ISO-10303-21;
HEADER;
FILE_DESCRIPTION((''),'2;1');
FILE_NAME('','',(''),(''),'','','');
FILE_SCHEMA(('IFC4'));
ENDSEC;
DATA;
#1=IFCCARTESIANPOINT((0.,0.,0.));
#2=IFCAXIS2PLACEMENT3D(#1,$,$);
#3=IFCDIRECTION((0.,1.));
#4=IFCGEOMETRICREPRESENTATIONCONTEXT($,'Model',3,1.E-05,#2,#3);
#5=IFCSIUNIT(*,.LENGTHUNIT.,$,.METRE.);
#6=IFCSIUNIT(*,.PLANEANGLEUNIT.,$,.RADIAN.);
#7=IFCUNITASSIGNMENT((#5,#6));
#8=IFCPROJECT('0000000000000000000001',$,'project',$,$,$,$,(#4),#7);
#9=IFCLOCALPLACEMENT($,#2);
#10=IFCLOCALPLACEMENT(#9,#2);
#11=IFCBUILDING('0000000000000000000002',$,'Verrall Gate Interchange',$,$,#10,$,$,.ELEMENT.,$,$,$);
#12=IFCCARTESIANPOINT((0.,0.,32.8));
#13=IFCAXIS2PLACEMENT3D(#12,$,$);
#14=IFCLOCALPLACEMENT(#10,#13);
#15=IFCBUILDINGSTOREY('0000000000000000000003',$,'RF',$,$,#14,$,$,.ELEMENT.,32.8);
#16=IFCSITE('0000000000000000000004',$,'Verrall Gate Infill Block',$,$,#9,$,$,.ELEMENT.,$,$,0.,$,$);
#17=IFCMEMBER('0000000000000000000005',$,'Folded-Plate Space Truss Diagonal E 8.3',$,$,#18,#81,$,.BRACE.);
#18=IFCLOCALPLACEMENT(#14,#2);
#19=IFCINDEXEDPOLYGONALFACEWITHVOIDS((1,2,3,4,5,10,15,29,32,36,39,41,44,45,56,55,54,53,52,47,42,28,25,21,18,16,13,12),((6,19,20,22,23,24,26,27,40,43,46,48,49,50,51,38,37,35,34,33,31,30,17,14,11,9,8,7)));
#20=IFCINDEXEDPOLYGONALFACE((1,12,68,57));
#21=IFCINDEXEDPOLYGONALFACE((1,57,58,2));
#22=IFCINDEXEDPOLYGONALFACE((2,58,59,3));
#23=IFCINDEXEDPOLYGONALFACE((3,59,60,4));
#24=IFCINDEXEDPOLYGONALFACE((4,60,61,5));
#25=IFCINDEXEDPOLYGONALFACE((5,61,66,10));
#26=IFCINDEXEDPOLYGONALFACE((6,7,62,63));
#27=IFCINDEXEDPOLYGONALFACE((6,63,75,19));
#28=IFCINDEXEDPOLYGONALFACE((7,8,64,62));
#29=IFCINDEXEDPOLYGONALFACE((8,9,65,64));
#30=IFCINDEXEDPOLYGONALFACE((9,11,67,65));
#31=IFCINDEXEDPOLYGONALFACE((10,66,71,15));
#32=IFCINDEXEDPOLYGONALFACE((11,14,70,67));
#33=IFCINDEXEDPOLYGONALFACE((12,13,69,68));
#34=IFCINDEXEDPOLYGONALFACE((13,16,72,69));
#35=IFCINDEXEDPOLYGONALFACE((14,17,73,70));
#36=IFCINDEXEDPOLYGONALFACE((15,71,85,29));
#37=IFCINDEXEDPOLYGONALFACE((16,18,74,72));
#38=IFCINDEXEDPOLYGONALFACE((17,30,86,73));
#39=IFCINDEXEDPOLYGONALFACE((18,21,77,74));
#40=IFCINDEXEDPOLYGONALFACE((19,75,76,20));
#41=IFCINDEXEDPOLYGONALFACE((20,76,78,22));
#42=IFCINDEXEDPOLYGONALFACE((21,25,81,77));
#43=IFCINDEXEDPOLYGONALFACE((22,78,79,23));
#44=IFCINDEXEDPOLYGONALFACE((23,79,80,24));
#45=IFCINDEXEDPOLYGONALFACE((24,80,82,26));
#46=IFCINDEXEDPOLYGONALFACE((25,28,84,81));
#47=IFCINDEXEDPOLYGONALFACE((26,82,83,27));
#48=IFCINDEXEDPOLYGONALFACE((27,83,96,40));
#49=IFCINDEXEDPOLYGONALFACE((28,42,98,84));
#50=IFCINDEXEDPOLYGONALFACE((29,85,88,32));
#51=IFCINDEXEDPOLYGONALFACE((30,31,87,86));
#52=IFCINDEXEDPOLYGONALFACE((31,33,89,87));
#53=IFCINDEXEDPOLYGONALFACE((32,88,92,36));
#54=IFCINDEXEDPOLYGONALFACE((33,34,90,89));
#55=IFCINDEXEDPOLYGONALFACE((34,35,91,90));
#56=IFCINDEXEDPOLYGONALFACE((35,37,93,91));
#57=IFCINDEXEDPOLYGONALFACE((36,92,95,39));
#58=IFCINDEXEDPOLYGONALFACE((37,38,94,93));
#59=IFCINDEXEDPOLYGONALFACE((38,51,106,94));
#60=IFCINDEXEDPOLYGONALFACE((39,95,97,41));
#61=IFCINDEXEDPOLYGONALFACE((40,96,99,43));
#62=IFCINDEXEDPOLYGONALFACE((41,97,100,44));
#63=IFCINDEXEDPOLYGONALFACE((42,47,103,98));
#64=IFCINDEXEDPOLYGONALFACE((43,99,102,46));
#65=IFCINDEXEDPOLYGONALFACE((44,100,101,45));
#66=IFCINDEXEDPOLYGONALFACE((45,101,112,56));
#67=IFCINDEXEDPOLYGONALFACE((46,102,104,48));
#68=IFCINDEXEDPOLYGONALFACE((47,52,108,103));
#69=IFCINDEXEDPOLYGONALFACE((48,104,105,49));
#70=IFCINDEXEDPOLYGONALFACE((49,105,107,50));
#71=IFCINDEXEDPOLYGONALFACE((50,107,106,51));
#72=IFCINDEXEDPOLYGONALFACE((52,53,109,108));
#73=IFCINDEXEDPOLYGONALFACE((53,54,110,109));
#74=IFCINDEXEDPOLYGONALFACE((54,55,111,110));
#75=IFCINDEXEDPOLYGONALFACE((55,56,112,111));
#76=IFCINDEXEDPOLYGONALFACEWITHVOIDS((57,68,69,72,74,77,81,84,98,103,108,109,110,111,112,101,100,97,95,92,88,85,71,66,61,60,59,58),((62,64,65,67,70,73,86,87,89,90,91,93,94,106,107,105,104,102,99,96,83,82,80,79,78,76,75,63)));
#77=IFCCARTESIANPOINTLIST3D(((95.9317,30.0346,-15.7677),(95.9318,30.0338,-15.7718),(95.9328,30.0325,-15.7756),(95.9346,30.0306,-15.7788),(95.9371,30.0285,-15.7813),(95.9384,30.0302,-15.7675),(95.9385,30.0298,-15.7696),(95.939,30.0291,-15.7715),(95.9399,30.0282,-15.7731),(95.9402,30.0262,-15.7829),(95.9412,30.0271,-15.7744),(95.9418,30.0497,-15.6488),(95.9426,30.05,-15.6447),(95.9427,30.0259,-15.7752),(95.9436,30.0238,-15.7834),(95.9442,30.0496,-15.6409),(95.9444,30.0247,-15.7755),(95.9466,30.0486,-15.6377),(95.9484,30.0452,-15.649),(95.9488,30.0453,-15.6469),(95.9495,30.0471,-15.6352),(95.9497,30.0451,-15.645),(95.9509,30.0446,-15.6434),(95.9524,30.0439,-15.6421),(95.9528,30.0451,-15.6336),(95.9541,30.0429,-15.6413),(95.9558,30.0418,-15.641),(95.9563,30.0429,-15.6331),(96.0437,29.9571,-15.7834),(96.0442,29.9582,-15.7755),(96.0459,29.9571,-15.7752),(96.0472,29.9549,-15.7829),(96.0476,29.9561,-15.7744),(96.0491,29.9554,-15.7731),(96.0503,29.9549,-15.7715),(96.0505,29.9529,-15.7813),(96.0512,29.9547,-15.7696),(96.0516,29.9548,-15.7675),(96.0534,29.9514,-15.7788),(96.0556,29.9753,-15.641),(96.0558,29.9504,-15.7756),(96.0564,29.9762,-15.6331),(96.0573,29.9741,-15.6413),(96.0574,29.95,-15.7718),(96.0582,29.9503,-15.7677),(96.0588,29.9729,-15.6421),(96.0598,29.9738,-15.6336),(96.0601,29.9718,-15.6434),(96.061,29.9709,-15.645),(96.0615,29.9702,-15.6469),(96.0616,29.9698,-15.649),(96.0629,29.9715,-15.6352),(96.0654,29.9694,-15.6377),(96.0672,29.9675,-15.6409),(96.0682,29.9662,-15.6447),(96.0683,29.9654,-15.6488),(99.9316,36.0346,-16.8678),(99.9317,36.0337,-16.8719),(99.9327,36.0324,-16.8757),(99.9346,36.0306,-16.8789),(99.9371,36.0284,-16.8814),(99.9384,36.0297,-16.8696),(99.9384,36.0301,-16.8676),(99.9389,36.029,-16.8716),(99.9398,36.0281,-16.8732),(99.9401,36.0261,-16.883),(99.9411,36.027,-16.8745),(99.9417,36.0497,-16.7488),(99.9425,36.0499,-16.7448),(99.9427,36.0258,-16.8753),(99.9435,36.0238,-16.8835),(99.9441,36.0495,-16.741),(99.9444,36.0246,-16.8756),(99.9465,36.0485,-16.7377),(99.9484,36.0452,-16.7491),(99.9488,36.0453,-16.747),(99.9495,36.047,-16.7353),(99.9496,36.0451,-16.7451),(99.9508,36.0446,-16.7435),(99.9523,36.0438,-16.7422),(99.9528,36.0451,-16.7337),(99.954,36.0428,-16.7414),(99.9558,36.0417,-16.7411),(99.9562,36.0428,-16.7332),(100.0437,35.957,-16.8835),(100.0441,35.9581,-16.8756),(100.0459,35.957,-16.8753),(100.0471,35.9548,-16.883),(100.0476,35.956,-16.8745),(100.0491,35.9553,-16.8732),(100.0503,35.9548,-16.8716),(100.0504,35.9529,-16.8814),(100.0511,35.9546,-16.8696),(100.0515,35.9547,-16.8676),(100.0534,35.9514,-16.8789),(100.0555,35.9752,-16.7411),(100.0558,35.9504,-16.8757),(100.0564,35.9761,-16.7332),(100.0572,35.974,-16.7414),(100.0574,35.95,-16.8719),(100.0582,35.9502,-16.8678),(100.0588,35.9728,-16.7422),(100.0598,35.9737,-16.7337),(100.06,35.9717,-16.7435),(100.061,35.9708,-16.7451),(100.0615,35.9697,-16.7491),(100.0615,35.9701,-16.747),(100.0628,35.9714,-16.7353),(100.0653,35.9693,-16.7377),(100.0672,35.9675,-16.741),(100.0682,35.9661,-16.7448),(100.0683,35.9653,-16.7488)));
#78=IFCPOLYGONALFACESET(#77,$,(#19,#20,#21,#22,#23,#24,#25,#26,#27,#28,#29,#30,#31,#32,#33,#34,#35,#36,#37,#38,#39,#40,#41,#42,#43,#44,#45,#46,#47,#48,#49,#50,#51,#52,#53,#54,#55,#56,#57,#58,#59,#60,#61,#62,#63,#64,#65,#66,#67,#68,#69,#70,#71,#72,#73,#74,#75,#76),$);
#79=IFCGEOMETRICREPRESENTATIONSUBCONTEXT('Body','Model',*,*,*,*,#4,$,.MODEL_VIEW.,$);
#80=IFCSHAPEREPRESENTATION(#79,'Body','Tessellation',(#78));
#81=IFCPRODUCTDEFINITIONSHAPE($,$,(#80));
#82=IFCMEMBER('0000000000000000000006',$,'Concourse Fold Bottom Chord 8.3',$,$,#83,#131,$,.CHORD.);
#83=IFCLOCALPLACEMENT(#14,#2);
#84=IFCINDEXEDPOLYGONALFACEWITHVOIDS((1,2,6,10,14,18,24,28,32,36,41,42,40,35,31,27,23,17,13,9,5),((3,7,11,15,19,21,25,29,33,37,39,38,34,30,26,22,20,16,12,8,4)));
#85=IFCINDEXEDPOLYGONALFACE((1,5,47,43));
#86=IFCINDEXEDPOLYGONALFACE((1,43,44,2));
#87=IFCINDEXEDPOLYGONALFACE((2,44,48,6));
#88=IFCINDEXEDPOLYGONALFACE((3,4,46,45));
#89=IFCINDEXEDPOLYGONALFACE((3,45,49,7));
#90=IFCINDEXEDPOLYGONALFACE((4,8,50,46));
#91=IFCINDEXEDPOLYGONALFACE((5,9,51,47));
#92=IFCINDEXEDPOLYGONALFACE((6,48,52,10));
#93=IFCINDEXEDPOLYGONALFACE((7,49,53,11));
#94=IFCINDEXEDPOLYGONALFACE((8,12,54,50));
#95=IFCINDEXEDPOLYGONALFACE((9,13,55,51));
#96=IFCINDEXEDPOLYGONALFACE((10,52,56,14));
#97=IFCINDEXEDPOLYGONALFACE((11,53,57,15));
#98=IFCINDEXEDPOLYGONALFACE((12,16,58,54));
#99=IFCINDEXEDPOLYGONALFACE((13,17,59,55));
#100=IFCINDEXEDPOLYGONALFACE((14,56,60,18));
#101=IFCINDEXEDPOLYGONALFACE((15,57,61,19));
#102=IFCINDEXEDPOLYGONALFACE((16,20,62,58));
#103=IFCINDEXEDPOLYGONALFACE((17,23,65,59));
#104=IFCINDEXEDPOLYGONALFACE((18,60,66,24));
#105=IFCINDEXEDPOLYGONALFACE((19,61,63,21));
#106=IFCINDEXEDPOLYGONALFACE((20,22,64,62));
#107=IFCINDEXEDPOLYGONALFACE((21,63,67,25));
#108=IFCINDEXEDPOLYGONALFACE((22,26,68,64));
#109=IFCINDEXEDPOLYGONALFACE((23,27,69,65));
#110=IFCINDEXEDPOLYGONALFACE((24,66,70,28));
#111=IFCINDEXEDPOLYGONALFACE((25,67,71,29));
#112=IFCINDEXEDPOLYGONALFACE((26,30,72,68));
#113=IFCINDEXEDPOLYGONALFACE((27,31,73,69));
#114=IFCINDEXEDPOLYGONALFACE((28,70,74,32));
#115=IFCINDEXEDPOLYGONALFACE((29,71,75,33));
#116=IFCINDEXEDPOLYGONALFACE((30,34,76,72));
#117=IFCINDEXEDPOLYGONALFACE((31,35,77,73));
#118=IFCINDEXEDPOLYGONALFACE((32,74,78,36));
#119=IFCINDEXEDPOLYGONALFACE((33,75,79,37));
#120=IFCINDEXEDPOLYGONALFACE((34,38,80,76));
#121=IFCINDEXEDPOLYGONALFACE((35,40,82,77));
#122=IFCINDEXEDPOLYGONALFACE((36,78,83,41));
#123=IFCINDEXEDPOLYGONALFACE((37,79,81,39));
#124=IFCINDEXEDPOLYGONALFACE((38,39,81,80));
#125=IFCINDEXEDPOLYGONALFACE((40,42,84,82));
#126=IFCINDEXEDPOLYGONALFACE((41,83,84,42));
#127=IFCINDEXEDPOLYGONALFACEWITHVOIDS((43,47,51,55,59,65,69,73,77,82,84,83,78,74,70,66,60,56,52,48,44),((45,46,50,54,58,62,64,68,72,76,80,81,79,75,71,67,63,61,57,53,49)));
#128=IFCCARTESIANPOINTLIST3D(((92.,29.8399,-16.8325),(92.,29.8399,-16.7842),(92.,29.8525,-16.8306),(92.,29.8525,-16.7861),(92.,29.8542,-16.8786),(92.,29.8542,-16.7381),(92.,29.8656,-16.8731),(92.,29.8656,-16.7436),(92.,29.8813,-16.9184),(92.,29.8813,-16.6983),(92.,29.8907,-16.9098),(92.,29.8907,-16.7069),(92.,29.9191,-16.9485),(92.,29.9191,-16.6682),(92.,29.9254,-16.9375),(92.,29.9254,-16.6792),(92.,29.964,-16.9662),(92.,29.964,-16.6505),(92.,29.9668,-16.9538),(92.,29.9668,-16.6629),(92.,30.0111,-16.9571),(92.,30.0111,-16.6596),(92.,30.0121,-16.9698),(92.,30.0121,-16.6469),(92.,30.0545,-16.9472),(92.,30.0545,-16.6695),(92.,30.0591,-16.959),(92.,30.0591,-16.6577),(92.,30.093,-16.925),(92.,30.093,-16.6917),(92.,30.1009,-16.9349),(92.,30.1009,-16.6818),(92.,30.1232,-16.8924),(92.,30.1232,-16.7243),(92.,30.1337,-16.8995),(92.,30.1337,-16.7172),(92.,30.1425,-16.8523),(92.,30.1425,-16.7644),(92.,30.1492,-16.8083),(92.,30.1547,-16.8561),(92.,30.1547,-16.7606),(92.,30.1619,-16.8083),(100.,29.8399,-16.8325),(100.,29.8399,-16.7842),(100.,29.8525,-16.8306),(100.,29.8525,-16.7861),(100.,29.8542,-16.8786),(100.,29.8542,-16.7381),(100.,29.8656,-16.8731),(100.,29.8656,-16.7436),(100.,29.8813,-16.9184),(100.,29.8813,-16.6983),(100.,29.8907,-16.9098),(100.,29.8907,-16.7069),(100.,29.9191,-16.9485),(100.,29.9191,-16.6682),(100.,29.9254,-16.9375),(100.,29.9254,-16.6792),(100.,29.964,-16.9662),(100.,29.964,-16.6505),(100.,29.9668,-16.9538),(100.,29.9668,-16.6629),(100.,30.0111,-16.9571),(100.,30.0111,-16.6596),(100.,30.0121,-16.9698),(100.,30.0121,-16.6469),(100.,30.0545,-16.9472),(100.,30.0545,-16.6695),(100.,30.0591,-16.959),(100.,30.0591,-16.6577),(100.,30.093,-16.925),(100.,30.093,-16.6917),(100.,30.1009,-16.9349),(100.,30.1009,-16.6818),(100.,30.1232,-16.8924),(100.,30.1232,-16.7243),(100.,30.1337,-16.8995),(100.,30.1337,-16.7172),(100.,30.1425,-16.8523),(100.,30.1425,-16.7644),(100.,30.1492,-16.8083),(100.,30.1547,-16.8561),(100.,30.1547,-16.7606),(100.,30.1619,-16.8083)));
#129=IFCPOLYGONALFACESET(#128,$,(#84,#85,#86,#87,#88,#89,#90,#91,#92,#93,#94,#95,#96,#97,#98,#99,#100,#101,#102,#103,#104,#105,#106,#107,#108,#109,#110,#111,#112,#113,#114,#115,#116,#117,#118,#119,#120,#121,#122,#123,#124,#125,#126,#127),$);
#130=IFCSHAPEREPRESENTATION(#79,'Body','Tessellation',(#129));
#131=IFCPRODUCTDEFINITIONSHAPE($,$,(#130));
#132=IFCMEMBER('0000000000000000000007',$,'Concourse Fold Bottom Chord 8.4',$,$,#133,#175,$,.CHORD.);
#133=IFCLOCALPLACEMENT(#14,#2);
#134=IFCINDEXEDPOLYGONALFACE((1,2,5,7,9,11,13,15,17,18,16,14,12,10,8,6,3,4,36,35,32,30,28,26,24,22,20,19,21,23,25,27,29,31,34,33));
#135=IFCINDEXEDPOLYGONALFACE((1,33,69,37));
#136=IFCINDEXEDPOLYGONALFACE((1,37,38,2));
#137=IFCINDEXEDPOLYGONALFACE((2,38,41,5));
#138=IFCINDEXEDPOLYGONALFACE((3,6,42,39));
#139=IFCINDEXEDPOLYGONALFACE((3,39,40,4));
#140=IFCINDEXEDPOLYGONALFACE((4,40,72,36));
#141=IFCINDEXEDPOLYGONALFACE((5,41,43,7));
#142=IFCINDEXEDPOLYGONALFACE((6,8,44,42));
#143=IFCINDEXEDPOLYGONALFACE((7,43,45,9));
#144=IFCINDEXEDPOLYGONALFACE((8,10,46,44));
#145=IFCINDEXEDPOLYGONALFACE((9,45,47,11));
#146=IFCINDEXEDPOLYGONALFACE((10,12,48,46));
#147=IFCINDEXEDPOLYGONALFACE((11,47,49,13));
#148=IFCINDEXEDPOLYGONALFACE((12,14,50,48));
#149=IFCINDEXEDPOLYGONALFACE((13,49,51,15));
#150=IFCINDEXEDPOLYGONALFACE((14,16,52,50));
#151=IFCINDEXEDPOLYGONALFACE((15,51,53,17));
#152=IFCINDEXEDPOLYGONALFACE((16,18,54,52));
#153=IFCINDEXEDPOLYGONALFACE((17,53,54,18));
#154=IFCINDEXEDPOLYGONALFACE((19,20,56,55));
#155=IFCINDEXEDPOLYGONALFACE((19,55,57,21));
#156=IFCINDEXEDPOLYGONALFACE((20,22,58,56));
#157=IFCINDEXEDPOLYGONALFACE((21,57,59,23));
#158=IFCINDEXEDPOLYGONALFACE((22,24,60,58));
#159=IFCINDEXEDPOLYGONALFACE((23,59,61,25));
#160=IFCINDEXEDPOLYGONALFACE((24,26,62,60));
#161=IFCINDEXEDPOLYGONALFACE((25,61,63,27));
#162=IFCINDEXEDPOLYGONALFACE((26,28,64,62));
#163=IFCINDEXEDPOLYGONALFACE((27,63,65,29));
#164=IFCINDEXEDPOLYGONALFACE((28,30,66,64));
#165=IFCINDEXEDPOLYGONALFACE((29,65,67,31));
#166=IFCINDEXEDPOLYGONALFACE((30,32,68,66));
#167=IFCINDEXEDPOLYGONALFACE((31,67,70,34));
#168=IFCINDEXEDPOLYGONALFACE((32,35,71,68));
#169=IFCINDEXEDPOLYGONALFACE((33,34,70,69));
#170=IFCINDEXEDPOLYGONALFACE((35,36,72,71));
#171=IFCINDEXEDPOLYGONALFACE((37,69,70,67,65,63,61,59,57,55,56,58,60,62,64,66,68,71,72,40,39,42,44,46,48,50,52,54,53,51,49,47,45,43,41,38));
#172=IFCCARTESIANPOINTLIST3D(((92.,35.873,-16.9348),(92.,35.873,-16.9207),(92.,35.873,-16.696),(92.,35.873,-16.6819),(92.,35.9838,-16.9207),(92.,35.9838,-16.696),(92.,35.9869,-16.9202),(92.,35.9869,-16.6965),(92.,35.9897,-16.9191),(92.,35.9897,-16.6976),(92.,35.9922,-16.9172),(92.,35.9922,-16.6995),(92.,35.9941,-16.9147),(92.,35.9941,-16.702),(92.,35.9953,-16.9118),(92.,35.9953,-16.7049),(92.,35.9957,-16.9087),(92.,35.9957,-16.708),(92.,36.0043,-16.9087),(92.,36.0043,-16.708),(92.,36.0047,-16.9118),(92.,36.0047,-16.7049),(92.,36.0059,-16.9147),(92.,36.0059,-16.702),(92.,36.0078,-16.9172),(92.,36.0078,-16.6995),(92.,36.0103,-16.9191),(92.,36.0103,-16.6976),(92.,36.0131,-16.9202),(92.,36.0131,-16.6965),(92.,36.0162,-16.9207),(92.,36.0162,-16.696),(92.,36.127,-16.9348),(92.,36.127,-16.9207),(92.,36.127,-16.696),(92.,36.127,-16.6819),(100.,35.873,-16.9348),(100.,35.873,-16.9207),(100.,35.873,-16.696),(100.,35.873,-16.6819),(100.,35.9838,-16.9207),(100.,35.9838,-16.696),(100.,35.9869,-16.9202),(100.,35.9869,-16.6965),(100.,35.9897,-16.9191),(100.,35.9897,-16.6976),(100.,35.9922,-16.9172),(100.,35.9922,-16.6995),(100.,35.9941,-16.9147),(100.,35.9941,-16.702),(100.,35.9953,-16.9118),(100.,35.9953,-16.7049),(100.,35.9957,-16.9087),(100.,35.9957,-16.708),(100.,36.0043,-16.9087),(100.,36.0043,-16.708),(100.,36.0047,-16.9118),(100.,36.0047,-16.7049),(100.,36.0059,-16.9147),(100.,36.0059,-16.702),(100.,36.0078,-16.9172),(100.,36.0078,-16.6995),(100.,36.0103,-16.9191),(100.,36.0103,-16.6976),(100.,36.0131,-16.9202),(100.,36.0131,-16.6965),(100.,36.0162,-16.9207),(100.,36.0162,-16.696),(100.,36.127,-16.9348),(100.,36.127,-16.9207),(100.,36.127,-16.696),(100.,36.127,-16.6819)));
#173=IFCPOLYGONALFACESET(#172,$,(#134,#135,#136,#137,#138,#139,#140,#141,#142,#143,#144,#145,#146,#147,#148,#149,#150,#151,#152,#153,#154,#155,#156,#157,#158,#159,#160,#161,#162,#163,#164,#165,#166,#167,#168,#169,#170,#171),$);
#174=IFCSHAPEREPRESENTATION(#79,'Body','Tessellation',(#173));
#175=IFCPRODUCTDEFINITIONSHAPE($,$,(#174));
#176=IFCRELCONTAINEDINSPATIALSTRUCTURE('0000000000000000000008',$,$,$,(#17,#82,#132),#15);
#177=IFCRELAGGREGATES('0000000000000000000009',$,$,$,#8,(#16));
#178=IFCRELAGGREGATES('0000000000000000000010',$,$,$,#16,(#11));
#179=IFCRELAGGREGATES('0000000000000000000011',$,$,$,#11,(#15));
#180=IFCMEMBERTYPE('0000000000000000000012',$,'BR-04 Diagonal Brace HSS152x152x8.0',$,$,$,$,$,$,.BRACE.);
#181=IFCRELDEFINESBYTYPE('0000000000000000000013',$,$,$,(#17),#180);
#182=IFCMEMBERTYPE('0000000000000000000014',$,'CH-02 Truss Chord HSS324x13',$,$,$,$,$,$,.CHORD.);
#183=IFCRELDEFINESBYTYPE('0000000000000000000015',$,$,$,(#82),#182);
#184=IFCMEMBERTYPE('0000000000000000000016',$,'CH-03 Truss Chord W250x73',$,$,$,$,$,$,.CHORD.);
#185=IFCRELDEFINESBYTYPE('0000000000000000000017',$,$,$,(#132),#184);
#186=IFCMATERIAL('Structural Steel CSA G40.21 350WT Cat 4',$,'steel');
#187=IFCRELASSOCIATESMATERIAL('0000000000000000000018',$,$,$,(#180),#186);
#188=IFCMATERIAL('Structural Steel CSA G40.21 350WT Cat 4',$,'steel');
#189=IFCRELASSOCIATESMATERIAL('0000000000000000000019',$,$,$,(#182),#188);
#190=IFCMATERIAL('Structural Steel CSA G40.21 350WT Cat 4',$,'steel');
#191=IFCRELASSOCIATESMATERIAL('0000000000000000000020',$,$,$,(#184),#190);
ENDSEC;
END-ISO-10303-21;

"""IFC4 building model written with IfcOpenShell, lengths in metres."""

from ifc_helpers import new_model, si_unit, direction, frame, origin, origin_2d, place, context, subcontext, project, spatial, hollow_rectangle, hollow_circle, i_section, extrude, material, material_profile, profile_set, type_object, element, save


model = new_model("IFC4")

# Units and contexts
model_context = context("Model", 3, precision=1e-05, world=origin(), true_north=direction((0.0, 1.0)))
body_context = subcontext(model_context, "Body", "Model", "MODEL_VIEW")
ifc_project = project(units=[si_unit("LENGTHUNIT", "METRE"), si_unit("PLANEANGLEUNIT", "RADIAN")], contexts=[model_context])

# Site, building, storey
site_placement = place(None, origin())
site = spatial("IfcSite", under=ifc_project, at=site_placement, Name="Verrall Gate Infill Block", CompositionType="ELEMENT", RefElevation=0.0)
building_placement = place(site_placement, origin())
building = spatial("IfcBuilding", under=site, at=building_placement, Name="Verrall Gate Interchange", CompositionType="ELEMENT")
storey_placement = place(building_placement, frame((0.0, 0.0, 32.8)))
storey = spatial("IfcBuildingStorey", under=building, at=storey_placement, Name="RF", CompositionType="ELEMENT", Elevation=32.8)

# Members
ifc_material_1 = material(Name="Structural Steel CSA G40.21 350WT Cat 4", Category="steel")
ifc_material_profile_1 = material_profile(ifc_material_1, hollow_rectangle(XDim=0.1521, YDim=0.1521, WallThickness=0.0081, InnerFilletRadius=0.0081, OuterFilletRadius=0.0159, at=origin_2d()), Name="HSS152x152x8.0")
ifc_profile_set_1 = profile_set([ifc_material_profile_1], Name="Structural Steel CSA G40.21 350WT Cat 4")
member_type_1 = type_object("IfcMemberType", Name="BR-04 Diagonal Brace HSS152x152x8.0", PredefinedType="BRACE", material=ifc_profile_set_1)
for number, where, z_axis, x_axis, name in (
    (1, (96.0, 30.0, -15.7083), (0.548356, 0.822534, -0.150811), (-0.83205, 0.5547, 0.0), "Folded-Plate Space Truss Diagonal E 8.3"),
):
    element("IfcMember", number, at=place(storey_placement, frame(where, z_axis=z_axis, x_axis=x_axis)), inside=storey, type_object=member_type_1, Name=name, PredefinedType="BRACE", context=body_context, shape_type="SweptSolid", body=[
        extrude(hollow_rectangle(XDim=0.1521, YDim=0.1521, WallThickness=0.0081, InnerFilletRadius=0.0081, OuterFilletRadius=0.0159, at=origin_2d()), origin(), (0.0, 0.0, 1.0), 7.2944),
    ])
ifc_material_2 = material(Name="Structural Steel CSA G40.21 350WT Cat 4", Category="steel")
ifc_material_profile_2 = material_profile(ifc_material_2, hollow_circle(Radius=0.1619, WallThickness=0.0127, at=origin_2d()), Name="HSS324x13")
ifc_profile_set_2 = profile_set([ifc_material_profile_2], Name="Structural Steel CSA G40.21 350WT Cat 4")
member_type_2 = type_object("IfcMemberType", Name="CH-02 Truss Chord HSS324x13", PredefinedType="CHORD", material=ifc_profile_set_2)
member_1_placement = place(storey_placement, frame((92.0, 30.0, -16.8083), z_axis=(1.0, 0.0, 0.0), x_axis=(0.0, 1.0, 0.0)))
element("IfcMember", 2, at=member_1_placement, inside=storey, type_object=member_type_2, Name="Concourse Fold Bottom Chord 8.3", PredefinedType="CHORD", context=body_context, shape_type="SweptSolid", body=[
    extrude(hollow_circle(Radius=0.1619, WallThickness=0.0127, at=origin_2d()), origin(), (0.0, 0.0, 1.0), 8.0),
])
ifc_material_3 = material(Name="Structural Steel CSA G40.21 350WT Cat 4", Category="steel")
ifc_material_profile_3 = material_profile(ifc_material_3, i_section(OverallWidth=0.2539, OverallDepth=0.2529, WebThickness=0.0085, FlangeThickness=0.0142, FilletRadius=0.012, at=origin_2d()), Name="W250x73")
ifc_profile_set_3 = profile_set([ifc_material_profile_3], Name="Structural Steel CSA G40.21 350WT Cat 4")
member_type_3 = type_object("IfcMemberType", Name="CH-03 Truss Chord W250x73", PredefinedType="CHORD", material=ifc_profile_set_3)
member_2_placement = place(storey_placement, frame((92.0, 36.0, -16.8083), z_axis=(1.0, 0.0, 0.0), x_axis=(0.0, 1.0, 0.0)))
element("IfcMember", 3, at=member_2_placement, inside=storey, type_object=member_type_3, Name="Concourse Fold Bottom Chord 8.4", PredefinedType="CHORD", context=body_context, shape_type="SweptSolid", body=[
    extrude(i_section(OverallWidth=0.2539, OverallDepth=0.2529, WebThickness=0.0085, FlangeThickness=0.0142, FilletRadius=0.012, at=origin_2d()), origin(), (0.0, 0.0, 1.0), 8.0),
])

save(model, "model.ifc")
